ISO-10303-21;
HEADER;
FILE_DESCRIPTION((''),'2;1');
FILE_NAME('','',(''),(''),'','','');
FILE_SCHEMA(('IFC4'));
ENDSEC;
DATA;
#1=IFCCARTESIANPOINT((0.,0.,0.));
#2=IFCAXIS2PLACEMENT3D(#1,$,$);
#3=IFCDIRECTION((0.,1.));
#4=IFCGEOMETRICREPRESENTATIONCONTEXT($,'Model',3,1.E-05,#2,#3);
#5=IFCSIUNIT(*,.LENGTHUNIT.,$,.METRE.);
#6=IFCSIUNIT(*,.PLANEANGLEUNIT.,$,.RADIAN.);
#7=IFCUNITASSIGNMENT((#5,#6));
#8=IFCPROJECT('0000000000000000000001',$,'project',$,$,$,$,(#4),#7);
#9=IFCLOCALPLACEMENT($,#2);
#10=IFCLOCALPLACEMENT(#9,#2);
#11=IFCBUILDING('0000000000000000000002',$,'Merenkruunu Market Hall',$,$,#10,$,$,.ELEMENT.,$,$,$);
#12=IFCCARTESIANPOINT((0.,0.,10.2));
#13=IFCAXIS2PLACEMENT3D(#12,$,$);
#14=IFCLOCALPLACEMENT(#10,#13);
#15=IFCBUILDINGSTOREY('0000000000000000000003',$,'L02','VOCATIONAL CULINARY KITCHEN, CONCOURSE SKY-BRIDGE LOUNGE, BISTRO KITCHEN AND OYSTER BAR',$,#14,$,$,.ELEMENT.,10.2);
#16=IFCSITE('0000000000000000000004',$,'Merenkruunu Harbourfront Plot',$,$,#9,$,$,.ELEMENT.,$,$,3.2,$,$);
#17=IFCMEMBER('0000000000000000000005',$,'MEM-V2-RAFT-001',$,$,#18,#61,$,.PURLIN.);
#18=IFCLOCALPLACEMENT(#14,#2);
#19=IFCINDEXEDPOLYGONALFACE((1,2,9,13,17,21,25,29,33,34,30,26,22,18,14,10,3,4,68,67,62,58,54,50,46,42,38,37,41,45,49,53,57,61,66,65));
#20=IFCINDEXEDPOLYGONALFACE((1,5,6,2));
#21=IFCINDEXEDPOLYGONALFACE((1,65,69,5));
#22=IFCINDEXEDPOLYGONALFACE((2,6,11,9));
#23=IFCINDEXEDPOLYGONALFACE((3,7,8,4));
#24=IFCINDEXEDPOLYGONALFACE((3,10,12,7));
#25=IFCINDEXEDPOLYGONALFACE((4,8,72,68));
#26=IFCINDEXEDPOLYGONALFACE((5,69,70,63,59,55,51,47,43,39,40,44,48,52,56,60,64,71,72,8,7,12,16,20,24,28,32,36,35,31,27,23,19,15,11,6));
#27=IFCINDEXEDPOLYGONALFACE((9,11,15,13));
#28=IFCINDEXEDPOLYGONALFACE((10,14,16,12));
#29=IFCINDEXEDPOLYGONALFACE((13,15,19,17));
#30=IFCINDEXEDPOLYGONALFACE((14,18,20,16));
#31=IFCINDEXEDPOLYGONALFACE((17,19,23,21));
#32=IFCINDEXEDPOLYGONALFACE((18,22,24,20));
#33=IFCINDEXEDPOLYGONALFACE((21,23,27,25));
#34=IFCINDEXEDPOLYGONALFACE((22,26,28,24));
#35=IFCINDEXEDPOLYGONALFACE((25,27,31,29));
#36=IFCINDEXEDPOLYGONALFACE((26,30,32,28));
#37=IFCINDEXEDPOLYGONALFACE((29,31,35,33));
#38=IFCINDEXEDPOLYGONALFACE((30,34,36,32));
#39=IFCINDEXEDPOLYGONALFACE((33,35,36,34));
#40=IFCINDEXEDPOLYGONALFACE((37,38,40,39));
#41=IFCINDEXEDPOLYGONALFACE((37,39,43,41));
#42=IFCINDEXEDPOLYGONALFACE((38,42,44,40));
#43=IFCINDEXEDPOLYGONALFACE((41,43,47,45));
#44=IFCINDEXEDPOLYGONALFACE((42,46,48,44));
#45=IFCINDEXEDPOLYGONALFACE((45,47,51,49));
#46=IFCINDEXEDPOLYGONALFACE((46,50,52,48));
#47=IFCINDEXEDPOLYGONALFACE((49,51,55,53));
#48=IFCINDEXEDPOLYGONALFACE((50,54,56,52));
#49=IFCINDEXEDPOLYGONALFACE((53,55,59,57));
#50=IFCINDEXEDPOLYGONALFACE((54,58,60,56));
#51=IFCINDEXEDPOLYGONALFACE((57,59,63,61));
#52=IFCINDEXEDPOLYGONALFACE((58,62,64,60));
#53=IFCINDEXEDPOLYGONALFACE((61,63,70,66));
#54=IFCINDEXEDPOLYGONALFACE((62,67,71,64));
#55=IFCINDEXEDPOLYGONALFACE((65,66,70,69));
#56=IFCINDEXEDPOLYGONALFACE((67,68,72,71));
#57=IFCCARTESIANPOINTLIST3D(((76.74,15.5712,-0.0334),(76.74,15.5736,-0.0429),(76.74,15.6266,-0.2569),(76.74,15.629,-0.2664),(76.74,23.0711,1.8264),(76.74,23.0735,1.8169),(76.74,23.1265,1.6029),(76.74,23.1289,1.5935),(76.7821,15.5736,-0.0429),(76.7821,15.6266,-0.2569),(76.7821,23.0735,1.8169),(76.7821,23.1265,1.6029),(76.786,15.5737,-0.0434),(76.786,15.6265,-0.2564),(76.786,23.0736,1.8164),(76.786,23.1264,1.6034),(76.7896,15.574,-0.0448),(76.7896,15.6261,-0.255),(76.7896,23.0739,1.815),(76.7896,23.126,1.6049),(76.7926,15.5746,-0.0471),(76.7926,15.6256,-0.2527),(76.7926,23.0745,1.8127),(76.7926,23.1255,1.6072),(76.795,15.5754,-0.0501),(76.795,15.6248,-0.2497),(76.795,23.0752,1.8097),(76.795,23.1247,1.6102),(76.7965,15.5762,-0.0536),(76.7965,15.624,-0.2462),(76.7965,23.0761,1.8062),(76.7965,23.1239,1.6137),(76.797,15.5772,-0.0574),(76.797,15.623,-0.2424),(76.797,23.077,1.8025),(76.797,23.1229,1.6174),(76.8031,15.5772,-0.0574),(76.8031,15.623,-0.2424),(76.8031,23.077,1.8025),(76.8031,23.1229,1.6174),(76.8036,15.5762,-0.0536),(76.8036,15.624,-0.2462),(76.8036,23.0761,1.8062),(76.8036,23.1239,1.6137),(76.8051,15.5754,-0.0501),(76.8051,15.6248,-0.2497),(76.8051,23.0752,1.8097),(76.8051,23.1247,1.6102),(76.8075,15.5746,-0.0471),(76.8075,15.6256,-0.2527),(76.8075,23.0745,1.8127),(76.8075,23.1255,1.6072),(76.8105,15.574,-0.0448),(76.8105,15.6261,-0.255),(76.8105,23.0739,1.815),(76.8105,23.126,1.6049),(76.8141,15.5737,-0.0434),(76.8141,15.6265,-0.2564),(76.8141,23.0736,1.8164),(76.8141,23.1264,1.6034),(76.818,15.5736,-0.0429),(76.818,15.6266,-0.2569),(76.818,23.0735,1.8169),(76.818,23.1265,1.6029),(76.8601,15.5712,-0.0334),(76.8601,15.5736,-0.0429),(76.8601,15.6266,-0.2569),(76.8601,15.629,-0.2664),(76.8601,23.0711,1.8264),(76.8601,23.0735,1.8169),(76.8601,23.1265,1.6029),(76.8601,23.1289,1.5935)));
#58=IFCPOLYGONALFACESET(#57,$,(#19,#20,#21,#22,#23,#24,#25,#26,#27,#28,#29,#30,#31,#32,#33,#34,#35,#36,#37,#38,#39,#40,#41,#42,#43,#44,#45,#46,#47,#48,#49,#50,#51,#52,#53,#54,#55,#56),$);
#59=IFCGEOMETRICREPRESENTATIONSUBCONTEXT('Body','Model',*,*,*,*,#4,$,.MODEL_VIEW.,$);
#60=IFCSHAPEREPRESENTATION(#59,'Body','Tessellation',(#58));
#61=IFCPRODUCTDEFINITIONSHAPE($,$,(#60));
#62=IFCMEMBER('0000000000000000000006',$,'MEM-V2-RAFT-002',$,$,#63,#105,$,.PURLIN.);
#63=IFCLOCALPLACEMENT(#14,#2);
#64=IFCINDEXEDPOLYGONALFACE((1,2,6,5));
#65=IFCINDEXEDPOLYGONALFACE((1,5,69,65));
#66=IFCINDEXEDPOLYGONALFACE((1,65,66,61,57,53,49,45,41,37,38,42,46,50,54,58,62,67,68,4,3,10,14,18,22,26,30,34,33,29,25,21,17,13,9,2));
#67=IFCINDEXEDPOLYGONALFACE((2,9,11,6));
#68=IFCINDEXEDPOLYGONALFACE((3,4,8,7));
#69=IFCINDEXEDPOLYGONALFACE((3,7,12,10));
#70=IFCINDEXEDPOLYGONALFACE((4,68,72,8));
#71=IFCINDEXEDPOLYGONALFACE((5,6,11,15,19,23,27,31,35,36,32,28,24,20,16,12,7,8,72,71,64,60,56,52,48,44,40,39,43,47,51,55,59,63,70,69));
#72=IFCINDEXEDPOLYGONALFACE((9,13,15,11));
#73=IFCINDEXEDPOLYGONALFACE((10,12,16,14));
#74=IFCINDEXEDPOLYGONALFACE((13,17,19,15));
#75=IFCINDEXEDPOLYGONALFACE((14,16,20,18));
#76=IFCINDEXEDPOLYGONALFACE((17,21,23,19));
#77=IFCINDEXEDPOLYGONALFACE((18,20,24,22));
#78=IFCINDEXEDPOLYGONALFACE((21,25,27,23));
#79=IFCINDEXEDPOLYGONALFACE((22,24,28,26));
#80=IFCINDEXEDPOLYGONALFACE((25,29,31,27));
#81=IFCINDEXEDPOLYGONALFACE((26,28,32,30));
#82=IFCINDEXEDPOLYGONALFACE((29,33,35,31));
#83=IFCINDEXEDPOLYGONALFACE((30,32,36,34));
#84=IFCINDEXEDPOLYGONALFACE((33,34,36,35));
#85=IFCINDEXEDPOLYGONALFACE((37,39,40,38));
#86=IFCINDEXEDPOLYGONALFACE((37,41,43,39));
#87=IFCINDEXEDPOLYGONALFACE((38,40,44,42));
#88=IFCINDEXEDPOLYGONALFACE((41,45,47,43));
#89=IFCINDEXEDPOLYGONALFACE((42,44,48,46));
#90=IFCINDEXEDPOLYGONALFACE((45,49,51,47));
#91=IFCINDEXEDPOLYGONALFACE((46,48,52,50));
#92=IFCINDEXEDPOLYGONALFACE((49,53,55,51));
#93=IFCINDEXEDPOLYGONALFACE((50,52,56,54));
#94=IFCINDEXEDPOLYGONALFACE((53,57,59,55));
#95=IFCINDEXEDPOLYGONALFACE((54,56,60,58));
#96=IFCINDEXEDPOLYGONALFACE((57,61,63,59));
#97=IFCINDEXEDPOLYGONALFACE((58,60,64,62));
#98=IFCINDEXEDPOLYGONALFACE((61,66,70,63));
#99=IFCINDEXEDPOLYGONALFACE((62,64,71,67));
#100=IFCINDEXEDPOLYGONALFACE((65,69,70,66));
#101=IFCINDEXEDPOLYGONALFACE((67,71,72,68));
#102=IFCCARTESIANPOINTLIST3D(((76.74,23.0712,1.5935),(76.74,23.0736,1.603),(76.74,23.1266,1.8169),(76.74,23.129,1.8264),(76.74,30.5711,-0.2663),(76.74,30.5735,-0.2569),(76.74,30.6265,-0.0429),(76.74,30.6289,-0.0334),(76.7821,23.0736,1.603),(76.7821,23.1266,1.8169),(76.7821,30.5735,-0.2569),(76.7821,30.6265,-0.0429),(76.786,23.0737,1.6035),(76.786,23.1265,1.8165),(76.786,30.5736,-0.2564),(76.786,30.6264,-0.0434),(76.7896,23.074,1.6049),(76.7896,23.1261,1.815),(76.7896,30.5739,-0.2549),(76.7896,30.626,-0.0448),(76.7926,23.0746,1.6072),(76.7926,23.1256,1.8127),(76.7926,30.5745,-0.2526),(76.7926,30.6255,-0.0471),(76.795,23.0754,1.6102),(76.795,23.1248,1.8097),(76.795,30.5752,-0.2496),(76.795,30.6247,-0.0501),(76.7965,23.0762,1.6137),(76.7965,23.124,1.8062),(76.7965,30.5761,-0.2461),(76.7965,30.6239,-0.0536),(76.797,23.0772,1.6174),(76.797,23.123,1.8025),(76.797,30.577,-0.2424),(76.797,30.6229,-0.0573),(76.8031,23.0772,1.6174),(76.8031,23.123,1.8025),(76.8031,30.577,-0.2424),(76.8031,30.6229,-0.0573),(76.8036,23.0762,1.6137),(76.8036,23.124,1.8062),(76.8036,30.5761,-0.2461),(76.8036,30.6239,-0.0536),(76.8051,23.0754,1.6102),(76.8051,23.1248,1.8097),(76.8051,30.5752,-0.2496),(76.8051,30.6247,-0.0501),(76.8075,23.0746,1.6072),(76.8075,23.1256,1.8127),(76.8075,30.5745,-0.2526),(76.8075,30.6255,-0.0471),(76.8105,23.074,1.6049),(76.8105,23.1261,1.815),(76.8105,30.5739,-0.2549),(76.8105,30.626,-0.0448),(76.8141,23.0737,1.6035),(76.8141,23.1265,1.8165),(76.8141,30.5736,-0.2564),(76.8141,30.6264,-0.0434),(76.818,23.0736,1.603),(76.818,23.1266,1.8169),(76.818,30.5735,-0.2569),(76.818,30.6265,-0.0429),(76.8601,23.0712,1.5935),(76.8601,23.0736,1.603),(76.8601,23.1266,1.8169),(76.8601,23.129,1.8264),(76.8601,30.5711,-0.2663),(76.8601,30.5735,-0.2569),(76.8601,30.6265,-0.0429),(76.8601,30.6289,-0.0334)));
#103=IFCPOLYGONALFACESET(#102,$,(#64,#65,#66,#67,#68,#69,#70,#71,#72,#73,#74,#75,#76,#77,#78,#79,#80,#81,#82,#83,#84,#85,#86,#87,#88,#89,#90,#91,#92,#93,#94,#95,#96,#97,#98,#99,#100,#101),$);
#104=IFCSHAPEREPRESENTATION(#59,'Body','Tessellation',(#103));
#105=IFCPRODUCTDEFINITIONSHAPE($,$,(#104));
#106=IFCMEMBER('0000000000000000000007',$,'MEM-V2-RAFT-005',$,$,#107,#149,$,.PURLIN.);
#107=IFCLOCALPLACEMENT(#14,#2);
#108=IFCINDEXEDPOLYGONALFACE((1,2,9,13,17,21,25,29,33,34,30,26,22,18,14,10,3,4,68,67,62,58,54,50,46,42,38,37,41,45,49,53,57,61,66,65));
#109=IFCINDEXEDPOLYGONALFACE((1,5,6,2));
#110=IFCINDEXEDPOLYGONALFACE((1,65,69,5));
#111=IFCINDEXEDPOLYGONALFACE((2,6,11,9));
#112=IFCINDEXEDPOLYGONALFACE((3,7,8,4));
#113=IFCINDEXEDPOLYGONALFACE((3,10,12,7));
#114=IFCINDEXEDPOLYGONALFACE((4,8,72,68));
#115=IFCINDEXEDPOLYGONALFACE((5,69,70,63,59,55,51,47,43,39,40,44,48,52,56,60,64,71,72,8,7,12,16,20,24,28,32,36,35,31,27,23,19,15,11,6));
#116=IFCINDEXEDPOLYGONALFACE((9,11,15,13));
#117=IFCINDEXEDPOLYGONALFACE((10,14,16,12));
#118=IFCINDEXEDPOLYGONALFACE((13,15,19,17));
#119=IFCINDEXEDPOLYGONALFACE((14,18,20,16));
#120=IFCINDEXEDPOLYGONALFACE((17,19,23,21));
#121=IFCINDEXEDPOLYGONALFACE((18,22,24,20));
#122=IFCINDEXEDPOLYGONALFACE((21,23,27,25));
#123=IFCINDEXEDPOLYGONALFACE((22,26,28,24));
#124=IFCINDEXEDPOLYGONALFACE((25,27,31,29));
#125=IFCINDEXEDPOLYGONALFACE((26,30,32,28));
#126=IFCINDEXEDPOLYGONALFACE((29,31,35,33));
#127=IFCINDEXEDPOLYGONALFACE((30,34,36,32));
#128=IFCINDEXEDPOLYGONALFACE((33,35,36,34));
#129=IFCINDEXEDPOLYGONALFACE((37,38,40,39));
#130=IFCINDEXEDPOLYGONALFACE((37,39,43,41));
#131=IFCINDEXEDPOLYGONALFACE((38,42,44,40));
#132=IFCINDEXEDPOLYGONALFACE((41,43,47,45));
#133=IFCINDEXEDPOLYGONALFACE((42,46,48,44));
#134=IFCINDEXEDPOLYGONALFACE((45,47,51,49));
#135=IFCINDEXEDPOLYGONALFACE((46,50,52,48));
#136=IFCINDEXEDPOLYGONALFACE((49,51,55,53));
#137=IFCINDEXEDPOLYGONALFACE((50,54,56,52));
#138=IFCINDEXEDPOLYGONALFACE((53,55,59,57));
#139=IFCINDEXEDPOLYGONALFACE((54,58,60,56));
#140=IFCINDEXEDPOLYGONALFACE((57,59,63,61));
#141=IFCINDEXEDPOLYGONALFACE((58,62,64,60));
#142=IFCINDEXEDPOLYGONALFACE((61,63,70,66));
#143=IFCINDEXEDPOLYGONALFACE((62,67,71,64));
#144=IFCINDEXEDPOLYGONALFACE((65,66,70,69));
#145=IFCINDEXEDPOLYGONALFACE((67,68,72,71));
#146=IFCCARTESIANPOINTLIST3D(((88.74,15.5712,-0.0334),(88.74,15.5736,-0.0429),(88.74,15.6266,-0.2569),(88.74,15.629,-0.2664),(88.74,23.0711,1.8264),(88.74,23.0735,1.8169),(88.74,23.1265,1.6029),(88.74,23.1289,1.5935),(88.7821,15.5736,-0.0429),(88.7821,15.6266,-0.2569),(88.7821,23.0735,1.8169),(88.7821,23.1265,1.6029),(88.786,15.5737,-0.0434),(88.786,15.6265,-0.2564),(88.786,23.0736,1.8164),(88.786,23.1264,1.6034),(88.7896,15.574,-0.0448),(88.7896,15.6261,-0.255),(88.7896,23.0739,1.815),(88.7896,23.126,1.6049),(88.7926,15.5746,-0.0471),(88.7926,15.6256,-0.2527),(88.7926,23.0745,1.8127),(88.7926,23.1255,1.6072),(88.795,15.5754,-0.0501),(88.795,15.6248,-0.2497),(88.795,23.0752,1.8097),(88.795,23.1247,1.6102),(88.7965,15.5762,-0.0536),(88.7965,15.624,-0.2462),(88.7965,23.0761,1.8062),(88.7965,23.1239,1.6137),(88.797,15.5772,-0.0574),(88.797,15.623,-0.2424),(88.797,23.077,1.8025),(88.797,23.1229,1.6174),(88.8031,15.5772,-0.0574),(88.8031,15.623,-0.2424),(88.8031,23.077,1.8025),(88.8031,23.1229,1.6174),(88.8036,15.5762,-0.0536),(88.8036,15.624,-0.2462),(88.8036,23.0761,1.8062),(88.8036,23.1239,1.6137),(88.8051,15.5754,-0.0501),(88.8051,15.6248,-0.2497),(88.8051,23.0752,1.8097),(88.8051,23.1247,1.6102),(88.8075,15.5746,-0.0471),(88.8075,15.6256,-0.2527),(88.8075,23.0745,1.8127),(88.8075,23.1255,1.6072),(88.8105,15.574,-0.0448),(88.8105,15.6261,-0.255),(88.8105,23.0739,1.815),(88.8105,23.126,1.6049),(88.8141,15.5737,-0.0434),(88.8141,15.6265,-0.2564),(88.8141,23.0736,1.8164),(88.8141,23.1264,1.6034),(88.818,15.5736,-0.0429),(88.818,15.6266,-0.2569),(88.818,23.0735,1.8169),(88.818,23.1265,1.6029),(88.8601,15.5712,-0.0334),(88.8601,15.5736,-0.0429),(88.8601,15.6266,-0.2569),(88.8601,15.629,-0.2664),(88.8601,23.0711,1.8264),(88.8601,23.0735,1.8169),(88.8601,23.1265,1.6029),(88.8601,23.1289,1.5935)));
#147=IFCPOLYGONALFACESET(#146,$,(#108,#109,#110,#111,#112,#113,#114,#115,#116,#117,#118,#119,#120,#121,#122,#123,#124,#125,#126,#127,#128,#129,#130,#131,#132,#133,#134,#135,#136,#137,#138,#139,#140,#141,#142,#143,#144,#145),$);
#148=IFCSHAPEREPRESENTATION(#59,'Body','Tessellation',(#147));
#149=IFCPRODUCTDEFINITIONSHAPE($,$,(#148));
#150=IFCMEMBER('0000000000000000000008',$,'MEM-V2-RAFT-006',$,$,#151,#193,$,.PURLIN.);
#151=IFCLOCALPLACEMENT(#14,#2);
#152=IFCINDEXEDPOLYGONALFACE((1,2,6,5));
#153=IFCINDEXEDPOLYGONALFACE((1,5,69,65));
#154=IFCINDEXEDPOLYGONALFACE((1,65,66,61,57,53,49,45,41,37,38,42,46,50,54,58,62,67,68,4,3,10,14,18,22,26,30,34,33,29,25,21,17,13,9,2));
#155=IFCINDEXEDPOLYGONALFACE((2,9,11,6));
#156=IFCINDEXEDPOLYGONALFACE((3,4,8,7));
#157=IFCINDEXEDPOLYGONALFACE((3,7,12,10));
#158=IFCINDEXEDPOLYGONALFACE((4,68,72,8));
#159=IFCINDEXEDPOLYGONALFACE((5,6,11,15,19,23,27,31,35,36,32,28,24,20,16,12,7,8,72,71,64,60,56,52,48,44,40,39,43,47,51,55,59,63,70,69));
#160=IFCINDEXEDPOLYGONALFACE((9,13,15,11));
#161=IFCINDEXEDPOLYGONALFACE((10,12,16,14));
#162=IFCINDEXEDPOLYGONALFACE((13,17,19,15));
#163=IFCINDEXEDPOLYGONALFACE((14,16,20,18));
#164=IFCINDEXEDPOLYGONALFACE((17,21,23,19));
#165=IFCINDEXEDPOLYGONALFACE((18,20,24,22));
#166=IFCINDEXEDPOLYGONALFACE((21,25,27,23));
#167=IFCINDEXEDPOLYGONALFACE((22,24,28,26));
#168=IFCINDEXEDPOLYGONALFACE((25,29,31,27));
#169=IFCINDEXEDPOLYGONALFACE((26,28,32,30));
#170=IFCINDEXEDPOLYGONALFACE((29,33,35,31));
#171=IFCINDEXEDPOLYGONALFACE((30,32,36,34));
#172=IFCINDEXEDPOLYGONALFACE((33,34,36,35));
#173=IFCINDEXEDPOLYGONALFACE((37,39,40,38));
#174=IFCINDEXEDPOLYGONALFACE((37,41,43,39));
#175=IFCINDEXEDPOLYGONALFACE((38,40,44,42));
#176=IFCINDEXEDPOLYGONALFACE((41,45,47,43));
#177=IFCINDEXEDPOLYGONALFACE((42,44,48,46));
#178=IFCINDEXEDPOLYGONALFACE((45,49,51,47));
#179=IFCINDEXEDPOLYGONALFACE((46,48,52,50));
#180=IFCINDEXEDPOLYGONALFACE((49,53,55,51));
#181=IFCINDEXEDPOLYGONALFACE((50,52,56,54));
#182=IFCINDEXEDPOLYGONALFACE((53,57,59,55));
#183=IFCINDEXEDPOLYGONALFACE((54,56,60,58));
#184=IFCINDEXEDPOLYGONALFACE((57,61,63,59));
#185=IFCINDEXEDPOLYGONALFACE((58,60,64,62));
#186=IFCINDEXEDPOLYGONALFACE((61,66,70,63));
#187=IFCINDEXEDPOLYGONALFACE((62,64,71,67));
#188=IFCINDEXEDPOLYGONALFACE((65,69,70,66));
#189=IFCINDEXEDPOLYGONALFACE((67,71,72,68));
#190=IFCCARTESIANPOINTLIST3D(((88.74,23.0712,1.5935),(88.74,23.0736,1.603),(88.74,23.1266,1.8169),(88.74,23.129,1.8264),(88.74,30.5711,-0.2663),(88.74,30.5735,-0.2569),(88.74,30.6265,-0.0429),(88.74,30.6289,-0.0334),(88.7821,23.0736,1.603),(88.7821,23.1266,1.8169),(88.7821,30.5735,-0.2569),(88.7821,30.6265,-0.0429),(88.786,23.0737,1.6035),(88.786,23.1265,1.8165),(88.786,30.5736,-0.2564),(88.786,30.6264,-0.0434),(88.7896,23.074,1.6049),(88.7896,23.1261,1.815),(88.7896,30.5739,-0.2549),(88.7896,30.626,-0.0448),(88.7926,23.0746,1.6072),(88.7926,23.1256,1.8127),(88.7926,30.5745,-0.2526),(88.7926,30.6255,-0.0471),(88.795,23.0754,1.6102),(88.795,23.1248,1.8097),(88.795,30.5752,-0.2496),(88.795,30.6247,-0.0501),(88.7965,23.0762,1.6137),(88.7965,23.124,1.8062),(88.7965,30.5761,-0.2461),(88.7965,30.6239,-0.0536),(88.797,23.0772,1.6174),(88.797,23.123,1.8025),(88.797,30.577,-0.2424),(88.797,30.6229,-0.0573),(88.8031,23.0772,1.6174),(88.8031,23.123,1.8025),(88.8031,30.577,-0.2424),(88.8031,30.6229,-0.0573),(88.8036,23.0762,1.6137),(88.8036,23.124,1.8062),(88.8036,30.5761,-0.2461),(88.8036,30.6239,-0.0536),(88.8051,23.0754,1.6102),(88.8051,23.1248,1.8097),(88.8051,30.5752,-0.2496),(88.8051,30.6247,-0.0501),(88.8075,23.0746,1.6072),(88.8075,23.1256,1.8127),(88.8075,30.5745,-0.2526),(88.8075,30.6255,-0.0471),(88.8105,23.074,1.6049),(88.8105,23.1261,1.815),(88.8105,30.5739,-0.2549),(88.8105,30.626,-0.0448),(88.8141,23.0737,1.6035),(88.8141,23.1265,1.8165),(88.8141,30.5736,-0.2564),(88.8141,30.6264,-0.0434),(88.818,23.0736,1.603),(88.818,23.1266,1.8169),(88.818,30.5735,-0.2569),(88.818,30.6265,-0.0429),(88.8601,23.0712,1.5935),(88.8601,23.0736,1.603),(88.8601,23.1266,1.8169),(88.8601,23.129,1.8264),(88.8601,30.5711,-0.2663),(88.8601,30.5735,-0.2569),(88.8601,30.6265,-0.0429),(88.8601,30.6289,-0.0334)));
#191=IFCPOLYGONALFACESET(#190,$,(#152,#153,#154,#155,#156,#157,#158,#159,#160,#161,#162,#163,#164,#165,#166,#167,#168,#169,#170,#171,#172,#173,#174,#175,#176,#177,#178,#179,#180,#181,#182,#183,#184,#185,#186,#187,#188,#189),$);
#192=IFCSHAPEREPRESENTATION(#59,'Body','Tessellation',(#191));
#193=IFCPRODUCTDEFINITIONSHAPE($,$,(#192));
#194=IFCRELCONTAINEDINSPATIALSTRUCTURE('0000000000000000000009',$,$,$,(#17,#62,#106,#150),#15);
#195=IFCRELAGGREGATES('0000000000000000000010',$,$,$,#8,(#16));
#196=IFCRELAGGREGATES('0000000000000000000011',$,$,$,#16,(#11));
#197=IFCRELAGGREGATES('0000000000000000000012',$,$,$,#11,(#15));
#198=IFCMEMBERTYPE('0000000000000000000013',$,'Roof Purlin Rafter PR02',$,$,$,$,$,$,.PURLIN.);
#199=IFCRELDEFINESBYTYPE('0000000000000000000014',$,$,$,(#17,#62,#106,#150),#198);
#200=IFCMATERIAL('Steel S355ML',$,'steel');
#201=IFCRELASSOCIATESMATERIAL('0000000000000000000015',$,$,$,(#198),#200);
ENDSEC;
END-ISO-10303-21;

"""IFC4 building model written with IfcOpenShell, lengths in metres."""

from ifc_helpers import new_model, si_unit, direction, frame, origin, origin_2d, place, context, subcontext, project, spatial, i_section, extrude, material, material_profile, profile_set, type_object, element, save


model = new_model("IFC4")

# Units and contexts
model_context = context("Model", 3, precision=1e-05, world=origin(), true_north=direction((0.0, 1.0)))
body_context = subcontext(model_context, "Body", "Model", "MODEL_VIEW")
ifc_project = project(units=[si_unit("LENGTHUNIT", "METRE"), si_unit("PLANEANGLEUNIT", "RADIAN")], contexts=[model_context])

# Site, building, storey
site_placement = place(None, origin())
site = spatial("IfcSite", under=ifc_project, at=site_placement, Name="Merenkruunu Harbourfront Plot", CompositionType="ELEMENT", RefElevation=3.2)
building_placement = place(site_placement, origin())
building = spatial("IfcBuilding", under=site, at=building_placement, Name="Merenkruunu Market Hall", CompositionType="ELEMENT")
storey_placement = place(building_placement, frame((0.0, 0.0, 10.2)))
storey = spatial("IfcBuildingStorey", under=building, at=storey_placement, Name="L02", Description="VOCATIONAL CULINARY KITCHEN, CONCOURSE SKY-BRIDGE LOUNGE, BISTRO KITCHEN AND OYSTER BAR", CompositionType="ELEMENT", Elevation=10.2)

# Shared definitions
ifc_material_1 = material(Name="Steel S355ML", Category="steel")

# Members
ifc_material_profile_1 = material_profile(ifc_material_1, i_section(OverallWidth=0.1201, OverallDepth=0.24, WebThickness=0.0061, FlangeThickness=0.0098, FilletRadius=0.0149, at=origin_2d()), Name="IPE 240")
ifc_profile_set_1 = profile_set([ifc_material_profile_1], Name="Steel S355ML")
member_type_1 = type_object("IfcMemberType", Name="Roof Purlin Rafter PR02", PredefinedType="PURLIN", material=ifc_profile_set_1)
for number, where, z_axis, x_axis, name in (
    (1, (76.8, 15.6001, -0.1499), (0.0, 0.970602, 0.240692), (-1.0, 0.0, 0.0), "MEM-V2-RAFT-001"),
    (2, (76.8, 23.1001, 1.71), (0.0, 0.970602, -0.240692), (-1.0, 0.0, 0.0), "MEM-V2-RAFT-002"),
    (3, (88.8, 15.6001, -0.1499), (0.0, 0.970602, 0.240692), (-1.0, 0.0, 0.0), "MEM-V2-RAFT-005"),
    (4, (88.8, 23.1001, 1.71), (0.0, 0.970602, -0.240692), (-1.0, 0.0, 0.0), "MEM-V2-RAFT-006"),
):
    element("IfcMember", number, at=place(storey_placement, frame(where, z_axis=z_axis, x_axis=x_axis)), inside=storey, type_object=member_type_1, Name=name, PredefinedType="PURLIN", context=body_context, shape_type="SweptSolid", body=[
        extrude(i_section(OverallWidth=0.1201, OverallDepth=0.24, WebThickness=0.0061, FlangeThickness=0.0098, FilletRadius=0.0149, at=origin_2d()), origin(), (0.0, 0.0, 1.0), 7.7271),
    ])

save(model, "model.ifc")
